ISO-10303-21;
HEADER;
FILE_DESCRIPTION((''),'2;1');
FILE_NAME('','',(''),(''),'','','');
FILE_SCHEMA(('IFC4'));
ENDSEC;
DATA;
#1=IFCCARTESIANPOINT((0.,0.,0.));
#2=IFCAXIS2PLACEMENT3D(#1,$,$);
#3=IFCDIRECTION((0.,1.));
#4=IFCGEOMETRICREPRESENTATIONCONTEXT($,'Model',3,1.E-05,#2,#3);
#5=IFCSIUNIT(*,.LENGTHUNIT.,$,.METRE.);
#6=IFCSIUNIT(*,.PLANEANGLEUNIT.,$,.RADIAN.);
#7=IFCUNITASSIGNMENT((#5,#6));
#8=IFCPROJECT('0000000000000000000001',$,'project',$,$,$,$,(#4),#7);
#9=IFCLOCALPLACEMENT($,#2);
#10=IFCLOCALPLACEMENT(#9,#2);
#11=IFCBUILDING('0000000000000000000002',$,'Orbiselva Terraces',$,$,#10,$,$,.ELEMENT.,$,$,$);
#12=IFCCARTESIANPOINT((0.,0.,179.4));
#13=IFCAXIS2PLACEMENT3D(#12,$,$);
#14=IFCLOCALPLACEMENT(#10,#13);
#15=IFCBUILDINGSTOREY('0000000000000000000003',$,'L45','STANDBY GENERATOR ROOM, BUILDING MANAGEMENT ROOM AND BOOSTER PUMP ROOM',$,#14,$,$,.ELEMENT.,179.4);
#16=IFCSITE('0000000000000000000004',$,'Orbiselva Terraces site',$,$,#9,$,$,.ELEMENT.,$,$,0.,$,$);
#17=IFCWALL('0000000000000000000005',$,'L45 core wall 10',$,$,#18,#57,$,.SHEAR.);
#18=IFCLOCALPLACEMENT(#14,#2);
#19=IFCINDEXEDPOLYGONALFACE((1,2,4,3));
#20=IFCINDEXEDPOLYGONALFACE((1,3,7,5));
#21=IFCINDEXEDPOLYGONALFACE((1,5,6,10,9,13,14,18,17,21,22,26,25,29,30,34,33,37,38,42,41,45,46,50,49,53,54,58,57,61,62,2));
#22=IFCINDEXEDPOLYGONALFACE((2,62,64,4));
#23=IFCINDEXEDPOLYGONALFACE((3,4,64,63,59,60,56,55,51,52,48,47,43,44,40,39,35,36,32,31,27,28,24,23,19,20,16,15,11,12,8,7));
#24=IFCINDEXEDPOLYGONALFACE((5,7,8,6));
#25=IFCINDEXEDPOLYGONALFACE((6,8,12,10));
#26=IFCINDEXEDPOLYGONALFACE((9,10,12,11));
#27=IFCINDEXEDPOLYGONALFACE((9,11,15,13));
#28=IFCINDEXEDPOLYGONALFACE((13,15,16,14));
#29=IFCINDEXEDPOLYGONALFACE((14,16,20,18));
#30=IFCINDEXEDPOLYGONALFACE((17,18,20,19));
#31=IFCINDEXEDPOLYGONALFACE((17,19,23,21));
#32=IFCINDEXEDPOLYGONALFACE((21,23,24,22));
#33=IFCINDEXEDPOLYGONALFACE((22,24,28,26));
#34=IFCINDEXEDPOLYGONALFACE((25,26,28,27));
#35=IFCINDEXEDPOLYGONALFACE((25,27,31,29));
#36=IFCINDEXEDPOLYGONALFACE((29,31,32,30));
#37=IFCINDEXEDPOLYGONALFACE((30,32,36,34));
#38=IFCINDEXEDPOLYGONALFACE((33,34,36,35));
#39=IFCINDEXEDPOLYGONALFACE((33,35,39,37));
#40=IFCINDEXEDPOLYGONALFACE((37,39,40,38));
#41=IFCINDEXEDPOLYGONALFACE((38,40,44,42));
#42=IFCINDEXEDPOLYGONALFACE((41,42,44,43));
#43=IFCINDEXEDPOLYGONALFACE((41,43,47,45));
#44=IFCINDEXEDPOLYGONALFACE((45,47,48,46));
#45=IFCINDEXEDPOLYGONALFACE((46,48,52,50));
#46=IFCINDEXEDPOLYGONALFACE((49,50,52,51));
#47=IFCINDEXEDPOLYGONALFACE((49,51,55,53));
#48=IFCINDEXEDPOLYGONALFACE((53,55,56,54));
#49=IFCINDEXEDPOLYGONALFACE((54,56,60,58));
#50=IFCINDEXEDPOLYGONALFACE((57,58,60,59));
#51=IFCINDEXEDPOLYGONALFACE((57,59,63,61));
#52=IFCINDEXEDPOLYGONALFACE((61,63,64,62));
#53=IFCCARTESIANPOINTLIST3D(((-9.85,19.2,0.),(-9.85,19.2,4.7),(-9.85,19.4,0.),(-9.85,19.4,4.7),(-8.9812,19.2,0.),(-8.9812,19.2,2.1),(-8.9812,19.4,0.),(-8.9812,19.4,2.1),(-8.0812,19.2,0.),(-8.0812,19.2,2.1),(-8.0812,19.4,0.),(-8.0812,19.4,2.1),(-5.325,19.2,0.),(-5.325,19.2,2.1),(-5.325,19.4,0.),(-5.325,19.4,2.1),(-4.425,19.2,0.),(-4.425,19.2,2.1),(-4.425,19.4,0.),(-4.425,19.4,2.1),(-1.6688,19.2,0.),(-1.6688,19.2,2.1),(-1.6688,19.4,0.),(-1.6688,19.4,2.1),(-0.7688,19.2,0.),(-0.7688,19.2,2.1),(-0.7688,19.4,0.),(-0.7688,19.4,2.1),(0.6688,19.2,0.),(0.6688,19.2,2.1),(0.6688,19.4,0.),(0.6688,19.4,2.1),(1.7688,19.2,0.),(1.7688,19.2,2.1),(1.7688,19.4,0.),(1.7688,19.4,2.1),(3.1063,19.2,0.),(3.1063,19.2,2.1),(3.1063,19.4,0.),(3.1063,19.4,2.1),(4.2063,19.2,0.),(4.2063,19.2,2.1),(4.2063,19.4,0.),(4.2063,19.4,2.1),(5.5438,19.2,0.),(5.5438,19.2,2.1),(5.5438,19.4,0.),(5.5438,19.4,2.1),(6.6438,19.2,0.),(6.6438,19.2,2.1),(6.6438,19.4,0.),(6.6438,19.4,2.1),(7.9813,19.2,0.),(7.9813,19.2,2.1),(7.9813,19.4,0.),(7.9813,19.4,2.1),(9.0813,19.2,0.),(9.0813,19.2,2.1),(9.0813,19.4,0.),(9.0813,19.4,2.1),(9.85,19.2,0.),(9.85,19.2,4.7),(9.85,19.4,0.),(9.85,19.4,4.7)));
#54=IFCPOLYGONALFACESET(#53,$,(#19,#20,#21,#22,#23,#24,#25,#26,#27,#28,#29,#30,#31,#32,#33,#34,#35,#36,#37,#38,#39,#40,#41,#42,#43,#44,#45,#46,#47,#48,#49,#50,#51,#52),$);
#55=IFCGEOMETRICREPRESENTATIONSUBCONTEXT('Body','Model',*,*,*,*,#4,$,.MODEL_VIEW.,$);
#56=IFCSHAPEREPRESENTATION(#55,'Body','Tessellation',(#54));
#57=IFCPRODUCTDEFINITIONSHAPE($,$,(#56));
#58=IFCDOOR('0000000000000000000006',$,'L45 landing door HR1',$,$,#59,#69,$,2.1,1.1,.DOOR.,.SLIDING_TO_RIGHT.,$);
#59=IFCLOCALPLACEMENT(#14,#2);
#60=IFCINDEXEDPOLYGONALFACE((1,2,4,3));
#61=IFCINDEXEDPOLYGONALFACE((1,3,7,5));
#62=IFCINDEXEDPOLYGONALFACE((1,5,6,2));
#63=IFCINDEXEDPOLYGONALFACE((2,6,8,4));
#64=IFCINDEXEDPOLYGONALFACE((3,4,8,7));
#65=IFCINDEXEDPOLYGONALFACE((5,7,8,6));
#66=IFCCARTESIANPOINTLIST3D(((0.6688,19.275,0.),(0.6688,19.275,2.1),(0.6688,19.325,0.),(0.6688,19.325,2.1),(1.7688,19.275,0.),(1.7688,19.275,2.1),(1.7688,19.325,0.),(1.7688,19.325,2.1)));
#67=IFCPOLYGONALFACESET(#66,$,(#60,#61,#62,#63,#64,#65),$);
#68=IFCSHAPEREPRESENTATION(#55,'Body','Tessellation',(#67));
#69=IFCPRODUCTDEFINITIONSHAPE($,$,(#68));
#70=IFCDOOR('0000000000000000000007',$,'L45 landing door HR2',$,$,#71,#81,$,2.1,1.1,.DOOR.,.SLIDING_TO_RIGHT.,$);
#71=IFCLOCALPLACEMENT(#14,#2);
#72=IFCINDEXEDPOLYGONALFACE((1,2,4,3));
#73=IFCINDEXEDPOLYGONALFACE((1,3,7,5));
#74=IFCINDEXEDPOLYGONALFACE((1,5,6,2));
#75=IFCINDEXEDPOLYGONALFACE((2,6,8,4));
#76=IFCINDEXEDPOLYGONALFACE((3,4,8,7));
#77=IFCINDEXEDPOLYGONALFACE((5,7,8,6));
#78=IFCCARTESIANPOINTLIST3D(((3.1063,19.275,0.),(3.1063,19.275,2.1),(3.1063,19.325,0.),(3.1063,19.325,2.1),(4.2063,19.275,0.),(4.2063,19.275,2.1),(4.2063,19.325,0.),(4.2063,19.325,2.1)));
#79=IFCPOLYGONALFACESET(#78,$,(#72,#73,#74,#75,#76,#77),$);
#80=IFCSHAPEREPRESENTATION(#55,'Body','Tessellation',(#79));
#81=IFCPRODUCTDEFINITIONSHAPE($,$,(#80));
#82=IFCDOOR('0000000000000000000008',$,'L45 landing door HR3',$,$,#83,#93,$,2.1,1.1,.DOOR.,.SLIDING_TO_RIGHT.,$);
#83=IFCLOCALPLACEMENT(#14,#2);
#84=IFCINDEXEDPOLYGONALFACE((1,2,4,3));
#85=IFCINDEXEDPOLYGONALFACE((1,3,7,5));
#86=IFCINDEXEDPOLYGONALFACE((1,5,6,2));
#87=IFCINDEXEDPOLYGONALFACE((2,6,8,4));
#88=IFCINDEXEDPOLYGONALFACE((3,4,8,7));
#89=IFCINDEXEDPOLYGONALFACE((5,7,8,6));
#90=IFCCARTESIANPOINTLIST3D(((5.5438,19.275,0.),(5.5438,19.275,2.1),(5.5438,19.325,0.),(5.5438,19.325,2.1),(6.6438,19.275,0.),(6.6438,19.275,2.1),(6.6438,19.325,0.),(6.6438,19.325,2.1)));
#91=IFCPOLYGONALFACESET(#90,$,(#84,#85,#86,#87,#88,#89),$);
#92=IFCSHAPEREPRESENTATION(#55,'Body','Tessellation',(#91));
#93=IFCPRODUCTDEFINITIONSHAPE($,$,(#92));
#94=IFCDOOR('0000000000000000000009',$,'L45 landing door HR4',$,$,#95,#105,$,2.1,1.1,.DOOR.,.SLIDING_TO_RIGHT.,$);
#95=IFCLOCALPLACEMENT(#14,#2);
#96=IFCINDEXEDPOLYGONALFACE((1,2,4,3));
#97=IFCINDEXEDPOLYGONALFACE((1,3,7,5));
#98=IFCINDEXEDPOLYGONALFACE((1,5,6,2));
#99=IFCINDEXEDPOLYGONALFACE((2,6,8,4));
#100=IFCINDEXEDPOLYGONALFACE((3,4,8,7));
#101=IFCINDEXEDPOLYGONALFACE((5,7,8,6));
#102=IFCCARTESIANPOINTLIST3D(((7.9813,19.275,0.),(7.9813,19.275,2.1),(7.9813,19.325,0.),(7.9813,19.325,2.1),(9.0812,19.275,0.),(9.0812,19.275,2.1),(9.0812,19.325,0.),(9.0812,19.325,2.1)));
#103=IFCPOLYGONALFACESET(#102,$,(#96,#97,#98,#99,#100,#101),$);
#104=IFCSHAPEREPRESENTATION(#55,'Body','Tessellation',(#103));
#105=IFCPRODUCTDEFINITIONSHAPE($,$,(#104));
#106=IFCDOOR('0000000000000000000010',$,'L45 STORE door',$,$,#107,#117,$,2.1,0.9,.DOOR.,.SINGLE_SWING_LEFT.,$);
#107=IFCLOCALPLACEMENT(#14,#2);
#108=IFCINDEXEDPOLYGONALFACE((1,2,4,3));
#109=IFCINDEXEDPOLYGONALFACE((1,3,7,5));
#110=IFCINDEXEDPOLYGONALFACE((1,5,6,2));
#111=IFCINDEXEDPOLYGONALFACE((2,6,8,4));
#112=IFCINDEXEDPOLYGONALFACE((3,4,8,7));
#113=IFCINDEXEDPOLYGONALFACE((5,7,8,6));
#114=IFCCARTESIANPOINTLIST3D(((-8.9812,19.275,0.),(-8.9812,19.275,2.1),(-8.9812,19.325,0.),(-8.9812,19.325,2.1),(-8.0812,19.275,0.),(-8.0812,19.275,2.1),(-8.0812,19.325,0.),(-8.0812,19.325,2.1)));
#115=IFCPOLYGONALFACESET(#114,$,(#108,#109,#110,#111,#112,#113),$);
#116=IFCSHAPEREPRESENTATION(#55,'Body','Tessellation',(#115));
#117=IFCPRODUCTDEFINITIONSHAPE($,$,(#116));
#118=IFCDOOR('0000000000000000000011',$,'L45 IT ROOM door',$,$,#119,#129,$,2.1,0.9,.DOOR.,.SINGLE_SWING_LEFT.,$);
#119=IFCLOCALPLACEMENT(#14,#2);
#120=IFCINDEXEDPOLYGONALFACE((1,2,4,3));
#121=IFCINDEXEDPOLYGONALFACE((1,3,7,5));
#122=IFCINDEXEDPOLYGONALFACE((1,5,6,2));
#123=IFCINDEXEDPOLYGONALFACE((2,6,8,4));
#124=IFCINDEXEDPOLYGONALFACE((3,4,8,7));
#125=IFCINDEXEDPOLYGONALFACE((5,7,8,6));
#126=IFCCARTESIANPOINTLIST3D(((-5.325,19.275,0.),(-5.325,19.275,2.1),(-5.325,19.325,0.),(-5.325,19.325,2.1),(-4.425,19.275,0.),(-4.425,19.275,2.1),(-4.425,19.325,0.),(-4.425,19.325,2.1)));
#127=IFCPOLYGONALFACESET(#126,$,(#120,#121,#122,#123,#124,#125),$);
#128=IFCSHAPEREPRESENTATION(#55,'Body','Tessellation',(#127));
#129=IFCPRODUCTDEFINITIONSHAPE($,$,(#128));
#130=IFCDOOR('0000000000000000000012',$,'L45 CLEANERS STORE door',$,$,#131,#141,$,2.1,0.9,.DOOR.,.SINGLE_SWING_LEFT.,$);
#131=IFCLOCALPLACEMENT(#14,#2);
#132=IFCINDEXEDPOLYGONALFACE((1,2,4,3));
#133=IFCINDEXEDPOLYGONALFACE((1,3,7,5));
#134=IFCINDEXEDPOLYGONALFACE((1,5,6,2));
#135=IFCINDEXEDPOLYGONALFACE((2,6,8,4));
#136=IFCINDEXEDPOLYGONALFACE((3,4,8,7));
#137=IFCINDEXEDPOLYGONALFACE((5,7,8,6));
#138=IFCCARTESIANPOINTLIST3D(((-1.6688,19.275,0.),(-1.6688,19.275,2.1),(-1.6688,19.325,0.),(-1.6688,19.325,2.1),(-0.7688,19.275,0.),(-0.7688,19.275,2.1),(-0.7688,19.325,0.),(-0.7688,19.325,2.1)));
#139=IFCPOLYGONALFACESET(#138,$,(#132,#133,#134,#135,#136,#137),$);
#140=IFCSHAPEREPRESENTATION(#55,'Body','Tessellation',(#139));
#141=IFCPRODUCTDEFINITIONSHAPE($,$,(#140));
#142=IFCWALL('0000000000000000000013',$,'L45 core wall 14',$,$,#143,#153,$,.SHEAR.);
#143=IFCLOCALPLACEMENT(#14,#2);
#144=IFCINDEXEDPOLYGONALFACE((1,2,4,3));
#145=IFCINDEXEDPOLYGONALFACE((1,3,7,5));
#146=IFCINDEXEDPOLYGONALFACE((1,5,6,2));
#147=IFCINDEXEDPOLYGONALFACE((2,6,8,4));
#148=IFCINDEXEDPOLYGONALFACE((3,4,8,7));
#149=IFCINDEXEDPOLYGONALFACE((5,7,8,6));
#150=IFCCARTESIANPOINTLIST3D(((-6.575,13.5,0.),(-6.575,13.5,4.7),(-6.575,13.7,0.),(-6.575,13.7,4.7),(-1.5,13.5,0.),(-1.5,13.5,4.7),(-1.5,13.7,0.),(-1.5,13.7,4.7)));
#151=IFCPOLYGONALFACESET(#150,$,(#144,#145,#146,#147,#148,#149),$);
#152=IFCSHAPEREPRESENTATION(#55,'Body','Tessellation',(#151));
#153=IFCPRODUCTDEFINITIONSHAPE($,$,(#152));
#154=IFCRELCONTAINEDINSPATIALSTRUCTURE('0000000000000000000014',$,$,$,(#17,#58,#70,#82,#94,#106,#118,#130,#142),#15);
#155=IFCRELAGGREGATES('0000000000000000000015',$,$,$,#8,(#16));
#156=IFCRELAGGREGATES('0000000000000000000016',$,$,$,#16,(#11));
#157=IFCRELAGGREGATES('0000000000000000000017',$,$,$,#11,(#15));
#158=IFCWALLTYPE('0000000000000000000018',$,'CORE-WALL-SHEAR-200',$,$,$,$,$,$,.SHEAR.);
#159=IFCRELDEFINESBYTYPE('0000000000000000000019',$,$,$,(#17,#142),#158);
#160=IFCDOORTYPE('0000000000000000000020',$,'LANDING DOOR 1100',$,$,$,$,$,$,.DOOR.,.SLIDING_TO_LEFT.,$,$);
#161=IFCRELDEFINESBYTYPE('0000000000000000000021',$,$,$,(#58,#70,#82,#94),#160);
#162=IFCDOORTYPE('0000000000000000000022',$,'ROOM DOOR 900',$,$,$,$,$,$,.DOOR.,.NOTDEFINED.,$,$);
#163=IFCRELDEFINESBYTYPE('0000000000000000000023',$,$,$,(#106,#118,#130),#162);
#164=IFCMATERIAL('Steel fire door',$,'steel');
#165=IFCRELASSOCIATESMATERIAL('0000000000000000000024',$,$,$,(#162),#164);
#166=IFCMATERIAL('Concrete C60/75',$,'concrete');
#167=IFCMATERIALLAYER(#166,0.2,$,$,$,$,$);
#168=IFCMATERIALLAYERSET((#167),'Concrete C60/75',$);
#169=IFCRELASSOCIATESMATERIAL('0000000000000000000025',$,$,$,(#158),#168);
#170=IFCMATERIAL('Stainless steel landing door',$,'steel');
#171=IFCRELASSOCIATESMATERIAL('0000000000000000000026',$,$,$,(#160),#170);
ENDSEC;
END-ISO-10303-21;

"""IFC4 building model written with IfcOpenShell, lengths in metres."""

from ifc_helpers import new_model, si_unit, direction, frame, frame_2d, origin, place, context, subcontext, project, spatial, rectangle, extrude, material, layer, layer_set, type_object, element, fill, save


model = new_model("IFC4")

# Units and contexts
model_context = context("Model", 3, precision=1e-05, world=origin(), true_north=direction((0.0, 1.0)))
body_context = subcontext(model_context, "Body", "Model", "MODEL_VIEW")
ifc_project = project(units=[si_unit("LENGTHUNIT", "METRE"), si_unit("PLANEANGLEUNIT", "RADIAN")], contexts=[model_context])

# Site, building, storey
site_placement = place(None, origin())
site = spatial("IfcSite", under=ifc_project, at=site_placement, Name="Orbiselva Terraces site", CompositionType="ELEMENT", RefElevation=0.0)
building_placement = place(site_placement, origin())
building = spatial("IfcBuilding", under=site, at=building_placement, Name="Orbiselva Terraces", CompositionType="ELEMENT")
storey_placement = place(building_placement, frame((0.0, 0.0, 179.4)))
storey = spatial("IfcBuildingStorey", under=building, at=storey_placement, Name="L45", Description="STANDBY GENERATOR ROOM, BUILDING MANAGEMENT ROOM AND BOOSTER PUMP ROOM", CompositionType="ELEMENT", Elevation=179.4)

# Shared definitions
ifc_material_1 = material(Name="Steel fire door", Category="steel")
door_type_1 = type_object("IfcDoorType", Name="ROOM DOOR 900", OperationType="NOTDEFINED", PredefinedType="DOOR", material=ifc_material_1)

# Shared definitions
ifc_material_2 = material(Name="Concrete C60/75", Category="concrete")
ifc_layer_1 = layer(ifc_material_2, 0.2)
ifc_layer_set_1 = layer_set([ifc_layer_1], Name="Concrete C60/75")
wall_type_1 = type_object("IfcWallType", Name="CORE-WALL-SHEAR-200", PredefinedType="SHEAR", material=ifc_layer_set_1)

# Wall, openings, doors
wall_1_placement = place(storey_placement, frame((-9.85, 19.3, 0.0), z_axis=(0.0, 0.0, 1.0), x_axis=(1.0, 0.0, 0.0)))
wall_1 = element("IfcWall", 1, at=wall_1_placement, inside=storey, type_object=wall_type_1, Name="L45 core wall 10", PredefinedType="SHEAR", context=body_context, shape_type="SweptSolid", body=[
    extrude(rectangle(XDim=19.7, YDim=0.2, at=frame_2d((9.85, 0.0))), origin(), (0.0, 0.0, 1.0), 4.7),
])
opening_1_placement = place(wall_1_placement, frame((10.5188, 0.0, 0.0)))
opening_1 = element("IfcOpeningElement", 2, at=opening_1_placement, cuts=wall_1, PredefinedType="OPENING", context=body_context, shape_type="SweptSolid", body=[
    extrude(rectangle(XDim=1.1, YDim=2.1, at=frame_2d((0.55, 1.05))), frame((0.0, 0.11, 0.0), z_axis=(0.0, -1.0, 0.0), x_axis=(1.0, 0.0, 0.0)), (0.0, 0.0, 1.0), 0.22),
])
opening_2_placement = place(wall_1_placement, frame((12.9563, 0.0, 0.0)))
opening_2 = element("IfcOpeningElement", 3, at=opening_2_placement, cuts=wall_1, PredefinedType="OPENING", context=body_context, shape_type="SweptSolid", body=[
    extrude(rectangle(XDim=1.1, YDim=2.1, at=frame_2d((0.55, 1.05))), frame((0.0, 0.11, 0.0), z_axis=(0.0, -1.0, 0.0), x_axis=(1.0, 0.0, 0.0)), (0.0, 0.0, 1.0), 0.22),
])
opening_3_placement = place(wall_1_placement, frame((15.3938, 0.0, 0.0)))
opening_3 = element("IfcOpeningElement", 4, at=opening_3_placement, cuts=wall_1, PredefinedType="OPENING", context=body_context, shape_type="SweptSolid", body=[
    extrude(rectangle(XDim=1.1, YDim=2.1, at=frame_2d((0.55, 1.05))), frame((0.0, 0.11, 0.0), z_axis=(0.0, -1.0, 0.0), x_axis=(1.0, 0.0, 0.0)), (0.0, 0.0, 1.0), 0.22),
])
opening_4_placement = place(wall_1_placement, frame((17.8313, 0.0, 0.0)))
opening_4 = element("IfcOpeningElement", 5, at=opening_4_placement, cuts=wall_1, PredefinedType="OPENING", context=body_context, shape_type="SweptSolid", body=[
    extrude(rectangle(XDim=1.1, YDim=2.1, at=frame_2d((0.55, 1.05))), frame((0.0, 0.11, 0.0), z_axis=(0.0, -1.0, 0.0), x_axis=(1.0, 0.0, 0.0)), (0.0, 0.0, 1.0), 0.22),
])
opening_5_placement = place(wall_1_placement, frame((0.8688, 0.0, 0.0)))
opening_5 = element("IfcOpeningElement", 6, at=opening_5_placement, cuts=wall_1, PredefinedType="OPENING", context=body_context, shape_type="SweptSolid", body=[
    extrude(rectangle(XDim=0.9, YDim=2.1, at=frame_2d((0.45, 1.05))), frame((0.0, 0.11, 0.0), z_axis=(0.0, -1.0, 0.0), x_axis=(1.0, 0.0, 0.0)), (0.0, 0.0, 1.0), 0.22),
])
opening_6_placement = place(wall_1_placement, frame((4.525, 0.0, 0.0)))
opening_6 = element("IfcOpeningElement", 7, at=opening_6_placement, cuts=wall_1, PredefinedType="OPENING", context=body_context, shape_type="SweptSolid", body=[
    extrude(rectangle(XDim=0.9, YDim=2.1, at=frame_2d((0.45, 1.05))), frame((0.0, 0.11, 0.0), z_axis=(0.0, -1.0, 0.0), x_axis=(1.0, 0.0, 0.0)), (0.0, 0.0, 1.0), 0.22),
])
opening_7_placement = place(wall_1_placement, frame((8.1812, 0.0, 0.0)))
opening_7 = element("IfcOpeningElement", 8, at=opening_7_placement, cuts=wall_1, PredefinedType="OPENING", context=body_context, shape_type="SweptSolid", body=[
    extrude(rectangle(XDim=0.9, YDim=2.1, at=frame_2d((0.45, 1.05))), frame((0.0, 0.11, 0.0), z_axis=(0.0, -1.0, 0.0), x_axis=(1.0, 0.0, 0.0)), (0.0, 0.0, 1.0), 0.22),
])
ifc_material_3 = material(Name="Stainless steel landing door", Category="steel")
door_type_2 = type_object("IfcDoorType", Name="LANDING DOOR 1100", OperationType="SLIDING_TO_LEFT", PredefinedType="DOOR", material=ifc_material_3)
door_1_placement = place(opening_1_placement, origin())
door_1 = element("IfcDoor", 9, at=door_1_placement, inside=storey, type_object=door_type_2, Name="L45 landing door HR1", OperationType="SLIDING_TO_RIGHT", OverallHeight=2.1, OverallWidth=1.1, PredefinedType="DOOR", context=body_context, shape_type="SweptSolid", body=[
    extrude(rectangle(XDim=1.1, YDim=2.1, at=frame_2d((0.55, 1.05))), frame((0.0, 0.025, 0.0), z_axis=(0.0, -1.0, 0.0), x_axis=(1.0, 0.0, 0.0)), (0.0, 0.0, 1.0), 0.05),
])
fill(opening_1, door_1)
door_2_placement = place(opening_2_placement, origin())
door_2 = element("IfcDoor", 10, at=door_2_placement, inside=storey, type_object=door_type_2, Name="L45 landing door HR2", OperationType="SLIDING_TO_RIGHT", OverallHeight=2.1, OverallWidth=1.1, PredefinedType="DOOR", context=body_context, shape_type="SweptSolid", body=[
    extrude(rectangle(XDim=1.1, YDim=2.1, at=frame_2d((0.55, 1.05))), frame((0.0, 0.025, 0.0), z_axis=(0.0, -1.0, 0.0), x_axis=(1.0, 0.0, 0.0)), (0.0, 0.0, 1.0), 0.05),
])
fill(opening_2, door_2)
door_3_placement = place(opening_3_placement, origin())
door_3 = element("IfcDoor", 11, at=door_3_placement, inside=storey, type_object=door_type_2, Name="L45 landing door HR3", OperationType="SLIDING_TO_RIGHT", OverallHeight=2.1, OverallWidth=1.1, PredefinedType="DOOR", context=body_context, shape_type="SweptSolid", body=[
    extrude(rectangle(XDim=1.1, YDim=2.1, at=frame_2d((0.55, 1.05))), frame((0.0, 0.025, 0.0), z_axis=(0.0, -1.0, 0.0), x_axis=(1.0, 0.0, 0.0)), (0.0, 0.0, 1.0), 0.05),
])
fill(opening_3, door_3)
door_4_placement = place(opening_4_placement, origin())
door_4 = element("IfcDoor", 12, at=door_4_placement, inside=storey, type_object=door_type_2, Name="L45 landing door HR4", OperationType="SLIDING_TO_RIGHT", OverallHeight=2.1, OverallWidth=1.1, PredefinedType="DOOR", context=body_context, shape_type="SweptSolid", body=[
    extrude(rectangle(XDim=1.1, YDim=2.1, at=frame_2d((0.55, 1.05))), frame((0.0, 0.025, 0.0), z_axis=(0.0, -1.0, 0.0), x_axis=(1.0, 0.0, 0.0)), (0.0, 0.0, 1.0), 0.05),
])
fill(opening_4, door_4)
door_5_placement = place(opening_5_placement, origin())
door_5 = element("IfcDoor", 13, at=door_5_placement, inside=storey, type_object=door_type_1, Name="L45 STORE door", OperationType="SINGLE_SWING_LEFT", OverallHeight=2.1, OverallWidth=0.9, PredefinedType="DOOR", context=body_context, shape_type="SweptSolid", body=[
    extrude(rectangle(XDim=0.9, YDim=2.1, at=frame_2d((0.45, 1.05))), frame((0.0, 0.025, 0.0), z_axis=(0.0, -1.0, 0.0), x_axis=(1.0, 0.0, 0.0)), (0.0, 0.0, 1.0), 0.05),
])
fill(opening_5, door_5)
door_6_placement = place(opening_6_placement, origin())
door_6 = element("IfcDoor", 14, at=door_6_placement, inside=storey, type_object=door_type_1, Name="L45 IT ROOM door", OperationType="SINGLE_SWING_LEFT", OverallHeight=2.1, OverallWidth=0.9, PredefinedType="DOOR", context=body_context, shape_type="SweptSolid", body=[
    extrude(rectangle(XDim=0.9, YDim=2.1, at=frame_2d((0.45, 1.05))), frame((0.0, 0.025, 0.0), z_axis=(0.0, -1.0, 0.0), x_axis=(1.0, 0.0, 0.0)), (0.0, 0.0, 1.0), 0.05),
])
fill(opening_6, door_6)
door_7_placement = place(opening_7_placement, origin())
door_7 = element("IfcDoor", 15, at=door_7_placement, inside=storey, type_object=door_type_1, Name="L45 CLEANERS STORE door", OperationType="SINGLE_SWING_LEFT", OverallHeight=2.1, OverallWidth=0.9, PredefinedType="DOOR", context=body_context, shape_type="SweptSolid", body=[
    extrude(rectangle(XDim=0.9, YDim=2.1, at=frame_2d((0.45, 1.05))), frame((0.0, 0.025, 0.0), z_axis=(0.0, -1.0, 0.0), x_axis=(1.0, 0.0, 0.0)), (0.0, 0.0, 1.0), 0.05),
])
fill(opening_7, door_7)

# Wall
wall_2_placement = place(storey_placement, frame((-6.575, 13.6, 0.0), z_axis=(0.0, 0.0, 1.0), x_axis=(1.0, 0.0, 0.0)))
element("IfcWall", 16, at=wall_2_placement, inside=storey, type_object=wall_type_1, Name="L45 core wall 14", PredefinedType="SHEAR", context=body_context, shape_type="SweptSolid", body=[
    extrude(rectangle(XDim=5.075, YDim=0.2, at=frame_2d((2.5375, 0.0))), origin(), (0.0, 0.0, 1.0), 4.7),
])

save(model, "model.ifc")
